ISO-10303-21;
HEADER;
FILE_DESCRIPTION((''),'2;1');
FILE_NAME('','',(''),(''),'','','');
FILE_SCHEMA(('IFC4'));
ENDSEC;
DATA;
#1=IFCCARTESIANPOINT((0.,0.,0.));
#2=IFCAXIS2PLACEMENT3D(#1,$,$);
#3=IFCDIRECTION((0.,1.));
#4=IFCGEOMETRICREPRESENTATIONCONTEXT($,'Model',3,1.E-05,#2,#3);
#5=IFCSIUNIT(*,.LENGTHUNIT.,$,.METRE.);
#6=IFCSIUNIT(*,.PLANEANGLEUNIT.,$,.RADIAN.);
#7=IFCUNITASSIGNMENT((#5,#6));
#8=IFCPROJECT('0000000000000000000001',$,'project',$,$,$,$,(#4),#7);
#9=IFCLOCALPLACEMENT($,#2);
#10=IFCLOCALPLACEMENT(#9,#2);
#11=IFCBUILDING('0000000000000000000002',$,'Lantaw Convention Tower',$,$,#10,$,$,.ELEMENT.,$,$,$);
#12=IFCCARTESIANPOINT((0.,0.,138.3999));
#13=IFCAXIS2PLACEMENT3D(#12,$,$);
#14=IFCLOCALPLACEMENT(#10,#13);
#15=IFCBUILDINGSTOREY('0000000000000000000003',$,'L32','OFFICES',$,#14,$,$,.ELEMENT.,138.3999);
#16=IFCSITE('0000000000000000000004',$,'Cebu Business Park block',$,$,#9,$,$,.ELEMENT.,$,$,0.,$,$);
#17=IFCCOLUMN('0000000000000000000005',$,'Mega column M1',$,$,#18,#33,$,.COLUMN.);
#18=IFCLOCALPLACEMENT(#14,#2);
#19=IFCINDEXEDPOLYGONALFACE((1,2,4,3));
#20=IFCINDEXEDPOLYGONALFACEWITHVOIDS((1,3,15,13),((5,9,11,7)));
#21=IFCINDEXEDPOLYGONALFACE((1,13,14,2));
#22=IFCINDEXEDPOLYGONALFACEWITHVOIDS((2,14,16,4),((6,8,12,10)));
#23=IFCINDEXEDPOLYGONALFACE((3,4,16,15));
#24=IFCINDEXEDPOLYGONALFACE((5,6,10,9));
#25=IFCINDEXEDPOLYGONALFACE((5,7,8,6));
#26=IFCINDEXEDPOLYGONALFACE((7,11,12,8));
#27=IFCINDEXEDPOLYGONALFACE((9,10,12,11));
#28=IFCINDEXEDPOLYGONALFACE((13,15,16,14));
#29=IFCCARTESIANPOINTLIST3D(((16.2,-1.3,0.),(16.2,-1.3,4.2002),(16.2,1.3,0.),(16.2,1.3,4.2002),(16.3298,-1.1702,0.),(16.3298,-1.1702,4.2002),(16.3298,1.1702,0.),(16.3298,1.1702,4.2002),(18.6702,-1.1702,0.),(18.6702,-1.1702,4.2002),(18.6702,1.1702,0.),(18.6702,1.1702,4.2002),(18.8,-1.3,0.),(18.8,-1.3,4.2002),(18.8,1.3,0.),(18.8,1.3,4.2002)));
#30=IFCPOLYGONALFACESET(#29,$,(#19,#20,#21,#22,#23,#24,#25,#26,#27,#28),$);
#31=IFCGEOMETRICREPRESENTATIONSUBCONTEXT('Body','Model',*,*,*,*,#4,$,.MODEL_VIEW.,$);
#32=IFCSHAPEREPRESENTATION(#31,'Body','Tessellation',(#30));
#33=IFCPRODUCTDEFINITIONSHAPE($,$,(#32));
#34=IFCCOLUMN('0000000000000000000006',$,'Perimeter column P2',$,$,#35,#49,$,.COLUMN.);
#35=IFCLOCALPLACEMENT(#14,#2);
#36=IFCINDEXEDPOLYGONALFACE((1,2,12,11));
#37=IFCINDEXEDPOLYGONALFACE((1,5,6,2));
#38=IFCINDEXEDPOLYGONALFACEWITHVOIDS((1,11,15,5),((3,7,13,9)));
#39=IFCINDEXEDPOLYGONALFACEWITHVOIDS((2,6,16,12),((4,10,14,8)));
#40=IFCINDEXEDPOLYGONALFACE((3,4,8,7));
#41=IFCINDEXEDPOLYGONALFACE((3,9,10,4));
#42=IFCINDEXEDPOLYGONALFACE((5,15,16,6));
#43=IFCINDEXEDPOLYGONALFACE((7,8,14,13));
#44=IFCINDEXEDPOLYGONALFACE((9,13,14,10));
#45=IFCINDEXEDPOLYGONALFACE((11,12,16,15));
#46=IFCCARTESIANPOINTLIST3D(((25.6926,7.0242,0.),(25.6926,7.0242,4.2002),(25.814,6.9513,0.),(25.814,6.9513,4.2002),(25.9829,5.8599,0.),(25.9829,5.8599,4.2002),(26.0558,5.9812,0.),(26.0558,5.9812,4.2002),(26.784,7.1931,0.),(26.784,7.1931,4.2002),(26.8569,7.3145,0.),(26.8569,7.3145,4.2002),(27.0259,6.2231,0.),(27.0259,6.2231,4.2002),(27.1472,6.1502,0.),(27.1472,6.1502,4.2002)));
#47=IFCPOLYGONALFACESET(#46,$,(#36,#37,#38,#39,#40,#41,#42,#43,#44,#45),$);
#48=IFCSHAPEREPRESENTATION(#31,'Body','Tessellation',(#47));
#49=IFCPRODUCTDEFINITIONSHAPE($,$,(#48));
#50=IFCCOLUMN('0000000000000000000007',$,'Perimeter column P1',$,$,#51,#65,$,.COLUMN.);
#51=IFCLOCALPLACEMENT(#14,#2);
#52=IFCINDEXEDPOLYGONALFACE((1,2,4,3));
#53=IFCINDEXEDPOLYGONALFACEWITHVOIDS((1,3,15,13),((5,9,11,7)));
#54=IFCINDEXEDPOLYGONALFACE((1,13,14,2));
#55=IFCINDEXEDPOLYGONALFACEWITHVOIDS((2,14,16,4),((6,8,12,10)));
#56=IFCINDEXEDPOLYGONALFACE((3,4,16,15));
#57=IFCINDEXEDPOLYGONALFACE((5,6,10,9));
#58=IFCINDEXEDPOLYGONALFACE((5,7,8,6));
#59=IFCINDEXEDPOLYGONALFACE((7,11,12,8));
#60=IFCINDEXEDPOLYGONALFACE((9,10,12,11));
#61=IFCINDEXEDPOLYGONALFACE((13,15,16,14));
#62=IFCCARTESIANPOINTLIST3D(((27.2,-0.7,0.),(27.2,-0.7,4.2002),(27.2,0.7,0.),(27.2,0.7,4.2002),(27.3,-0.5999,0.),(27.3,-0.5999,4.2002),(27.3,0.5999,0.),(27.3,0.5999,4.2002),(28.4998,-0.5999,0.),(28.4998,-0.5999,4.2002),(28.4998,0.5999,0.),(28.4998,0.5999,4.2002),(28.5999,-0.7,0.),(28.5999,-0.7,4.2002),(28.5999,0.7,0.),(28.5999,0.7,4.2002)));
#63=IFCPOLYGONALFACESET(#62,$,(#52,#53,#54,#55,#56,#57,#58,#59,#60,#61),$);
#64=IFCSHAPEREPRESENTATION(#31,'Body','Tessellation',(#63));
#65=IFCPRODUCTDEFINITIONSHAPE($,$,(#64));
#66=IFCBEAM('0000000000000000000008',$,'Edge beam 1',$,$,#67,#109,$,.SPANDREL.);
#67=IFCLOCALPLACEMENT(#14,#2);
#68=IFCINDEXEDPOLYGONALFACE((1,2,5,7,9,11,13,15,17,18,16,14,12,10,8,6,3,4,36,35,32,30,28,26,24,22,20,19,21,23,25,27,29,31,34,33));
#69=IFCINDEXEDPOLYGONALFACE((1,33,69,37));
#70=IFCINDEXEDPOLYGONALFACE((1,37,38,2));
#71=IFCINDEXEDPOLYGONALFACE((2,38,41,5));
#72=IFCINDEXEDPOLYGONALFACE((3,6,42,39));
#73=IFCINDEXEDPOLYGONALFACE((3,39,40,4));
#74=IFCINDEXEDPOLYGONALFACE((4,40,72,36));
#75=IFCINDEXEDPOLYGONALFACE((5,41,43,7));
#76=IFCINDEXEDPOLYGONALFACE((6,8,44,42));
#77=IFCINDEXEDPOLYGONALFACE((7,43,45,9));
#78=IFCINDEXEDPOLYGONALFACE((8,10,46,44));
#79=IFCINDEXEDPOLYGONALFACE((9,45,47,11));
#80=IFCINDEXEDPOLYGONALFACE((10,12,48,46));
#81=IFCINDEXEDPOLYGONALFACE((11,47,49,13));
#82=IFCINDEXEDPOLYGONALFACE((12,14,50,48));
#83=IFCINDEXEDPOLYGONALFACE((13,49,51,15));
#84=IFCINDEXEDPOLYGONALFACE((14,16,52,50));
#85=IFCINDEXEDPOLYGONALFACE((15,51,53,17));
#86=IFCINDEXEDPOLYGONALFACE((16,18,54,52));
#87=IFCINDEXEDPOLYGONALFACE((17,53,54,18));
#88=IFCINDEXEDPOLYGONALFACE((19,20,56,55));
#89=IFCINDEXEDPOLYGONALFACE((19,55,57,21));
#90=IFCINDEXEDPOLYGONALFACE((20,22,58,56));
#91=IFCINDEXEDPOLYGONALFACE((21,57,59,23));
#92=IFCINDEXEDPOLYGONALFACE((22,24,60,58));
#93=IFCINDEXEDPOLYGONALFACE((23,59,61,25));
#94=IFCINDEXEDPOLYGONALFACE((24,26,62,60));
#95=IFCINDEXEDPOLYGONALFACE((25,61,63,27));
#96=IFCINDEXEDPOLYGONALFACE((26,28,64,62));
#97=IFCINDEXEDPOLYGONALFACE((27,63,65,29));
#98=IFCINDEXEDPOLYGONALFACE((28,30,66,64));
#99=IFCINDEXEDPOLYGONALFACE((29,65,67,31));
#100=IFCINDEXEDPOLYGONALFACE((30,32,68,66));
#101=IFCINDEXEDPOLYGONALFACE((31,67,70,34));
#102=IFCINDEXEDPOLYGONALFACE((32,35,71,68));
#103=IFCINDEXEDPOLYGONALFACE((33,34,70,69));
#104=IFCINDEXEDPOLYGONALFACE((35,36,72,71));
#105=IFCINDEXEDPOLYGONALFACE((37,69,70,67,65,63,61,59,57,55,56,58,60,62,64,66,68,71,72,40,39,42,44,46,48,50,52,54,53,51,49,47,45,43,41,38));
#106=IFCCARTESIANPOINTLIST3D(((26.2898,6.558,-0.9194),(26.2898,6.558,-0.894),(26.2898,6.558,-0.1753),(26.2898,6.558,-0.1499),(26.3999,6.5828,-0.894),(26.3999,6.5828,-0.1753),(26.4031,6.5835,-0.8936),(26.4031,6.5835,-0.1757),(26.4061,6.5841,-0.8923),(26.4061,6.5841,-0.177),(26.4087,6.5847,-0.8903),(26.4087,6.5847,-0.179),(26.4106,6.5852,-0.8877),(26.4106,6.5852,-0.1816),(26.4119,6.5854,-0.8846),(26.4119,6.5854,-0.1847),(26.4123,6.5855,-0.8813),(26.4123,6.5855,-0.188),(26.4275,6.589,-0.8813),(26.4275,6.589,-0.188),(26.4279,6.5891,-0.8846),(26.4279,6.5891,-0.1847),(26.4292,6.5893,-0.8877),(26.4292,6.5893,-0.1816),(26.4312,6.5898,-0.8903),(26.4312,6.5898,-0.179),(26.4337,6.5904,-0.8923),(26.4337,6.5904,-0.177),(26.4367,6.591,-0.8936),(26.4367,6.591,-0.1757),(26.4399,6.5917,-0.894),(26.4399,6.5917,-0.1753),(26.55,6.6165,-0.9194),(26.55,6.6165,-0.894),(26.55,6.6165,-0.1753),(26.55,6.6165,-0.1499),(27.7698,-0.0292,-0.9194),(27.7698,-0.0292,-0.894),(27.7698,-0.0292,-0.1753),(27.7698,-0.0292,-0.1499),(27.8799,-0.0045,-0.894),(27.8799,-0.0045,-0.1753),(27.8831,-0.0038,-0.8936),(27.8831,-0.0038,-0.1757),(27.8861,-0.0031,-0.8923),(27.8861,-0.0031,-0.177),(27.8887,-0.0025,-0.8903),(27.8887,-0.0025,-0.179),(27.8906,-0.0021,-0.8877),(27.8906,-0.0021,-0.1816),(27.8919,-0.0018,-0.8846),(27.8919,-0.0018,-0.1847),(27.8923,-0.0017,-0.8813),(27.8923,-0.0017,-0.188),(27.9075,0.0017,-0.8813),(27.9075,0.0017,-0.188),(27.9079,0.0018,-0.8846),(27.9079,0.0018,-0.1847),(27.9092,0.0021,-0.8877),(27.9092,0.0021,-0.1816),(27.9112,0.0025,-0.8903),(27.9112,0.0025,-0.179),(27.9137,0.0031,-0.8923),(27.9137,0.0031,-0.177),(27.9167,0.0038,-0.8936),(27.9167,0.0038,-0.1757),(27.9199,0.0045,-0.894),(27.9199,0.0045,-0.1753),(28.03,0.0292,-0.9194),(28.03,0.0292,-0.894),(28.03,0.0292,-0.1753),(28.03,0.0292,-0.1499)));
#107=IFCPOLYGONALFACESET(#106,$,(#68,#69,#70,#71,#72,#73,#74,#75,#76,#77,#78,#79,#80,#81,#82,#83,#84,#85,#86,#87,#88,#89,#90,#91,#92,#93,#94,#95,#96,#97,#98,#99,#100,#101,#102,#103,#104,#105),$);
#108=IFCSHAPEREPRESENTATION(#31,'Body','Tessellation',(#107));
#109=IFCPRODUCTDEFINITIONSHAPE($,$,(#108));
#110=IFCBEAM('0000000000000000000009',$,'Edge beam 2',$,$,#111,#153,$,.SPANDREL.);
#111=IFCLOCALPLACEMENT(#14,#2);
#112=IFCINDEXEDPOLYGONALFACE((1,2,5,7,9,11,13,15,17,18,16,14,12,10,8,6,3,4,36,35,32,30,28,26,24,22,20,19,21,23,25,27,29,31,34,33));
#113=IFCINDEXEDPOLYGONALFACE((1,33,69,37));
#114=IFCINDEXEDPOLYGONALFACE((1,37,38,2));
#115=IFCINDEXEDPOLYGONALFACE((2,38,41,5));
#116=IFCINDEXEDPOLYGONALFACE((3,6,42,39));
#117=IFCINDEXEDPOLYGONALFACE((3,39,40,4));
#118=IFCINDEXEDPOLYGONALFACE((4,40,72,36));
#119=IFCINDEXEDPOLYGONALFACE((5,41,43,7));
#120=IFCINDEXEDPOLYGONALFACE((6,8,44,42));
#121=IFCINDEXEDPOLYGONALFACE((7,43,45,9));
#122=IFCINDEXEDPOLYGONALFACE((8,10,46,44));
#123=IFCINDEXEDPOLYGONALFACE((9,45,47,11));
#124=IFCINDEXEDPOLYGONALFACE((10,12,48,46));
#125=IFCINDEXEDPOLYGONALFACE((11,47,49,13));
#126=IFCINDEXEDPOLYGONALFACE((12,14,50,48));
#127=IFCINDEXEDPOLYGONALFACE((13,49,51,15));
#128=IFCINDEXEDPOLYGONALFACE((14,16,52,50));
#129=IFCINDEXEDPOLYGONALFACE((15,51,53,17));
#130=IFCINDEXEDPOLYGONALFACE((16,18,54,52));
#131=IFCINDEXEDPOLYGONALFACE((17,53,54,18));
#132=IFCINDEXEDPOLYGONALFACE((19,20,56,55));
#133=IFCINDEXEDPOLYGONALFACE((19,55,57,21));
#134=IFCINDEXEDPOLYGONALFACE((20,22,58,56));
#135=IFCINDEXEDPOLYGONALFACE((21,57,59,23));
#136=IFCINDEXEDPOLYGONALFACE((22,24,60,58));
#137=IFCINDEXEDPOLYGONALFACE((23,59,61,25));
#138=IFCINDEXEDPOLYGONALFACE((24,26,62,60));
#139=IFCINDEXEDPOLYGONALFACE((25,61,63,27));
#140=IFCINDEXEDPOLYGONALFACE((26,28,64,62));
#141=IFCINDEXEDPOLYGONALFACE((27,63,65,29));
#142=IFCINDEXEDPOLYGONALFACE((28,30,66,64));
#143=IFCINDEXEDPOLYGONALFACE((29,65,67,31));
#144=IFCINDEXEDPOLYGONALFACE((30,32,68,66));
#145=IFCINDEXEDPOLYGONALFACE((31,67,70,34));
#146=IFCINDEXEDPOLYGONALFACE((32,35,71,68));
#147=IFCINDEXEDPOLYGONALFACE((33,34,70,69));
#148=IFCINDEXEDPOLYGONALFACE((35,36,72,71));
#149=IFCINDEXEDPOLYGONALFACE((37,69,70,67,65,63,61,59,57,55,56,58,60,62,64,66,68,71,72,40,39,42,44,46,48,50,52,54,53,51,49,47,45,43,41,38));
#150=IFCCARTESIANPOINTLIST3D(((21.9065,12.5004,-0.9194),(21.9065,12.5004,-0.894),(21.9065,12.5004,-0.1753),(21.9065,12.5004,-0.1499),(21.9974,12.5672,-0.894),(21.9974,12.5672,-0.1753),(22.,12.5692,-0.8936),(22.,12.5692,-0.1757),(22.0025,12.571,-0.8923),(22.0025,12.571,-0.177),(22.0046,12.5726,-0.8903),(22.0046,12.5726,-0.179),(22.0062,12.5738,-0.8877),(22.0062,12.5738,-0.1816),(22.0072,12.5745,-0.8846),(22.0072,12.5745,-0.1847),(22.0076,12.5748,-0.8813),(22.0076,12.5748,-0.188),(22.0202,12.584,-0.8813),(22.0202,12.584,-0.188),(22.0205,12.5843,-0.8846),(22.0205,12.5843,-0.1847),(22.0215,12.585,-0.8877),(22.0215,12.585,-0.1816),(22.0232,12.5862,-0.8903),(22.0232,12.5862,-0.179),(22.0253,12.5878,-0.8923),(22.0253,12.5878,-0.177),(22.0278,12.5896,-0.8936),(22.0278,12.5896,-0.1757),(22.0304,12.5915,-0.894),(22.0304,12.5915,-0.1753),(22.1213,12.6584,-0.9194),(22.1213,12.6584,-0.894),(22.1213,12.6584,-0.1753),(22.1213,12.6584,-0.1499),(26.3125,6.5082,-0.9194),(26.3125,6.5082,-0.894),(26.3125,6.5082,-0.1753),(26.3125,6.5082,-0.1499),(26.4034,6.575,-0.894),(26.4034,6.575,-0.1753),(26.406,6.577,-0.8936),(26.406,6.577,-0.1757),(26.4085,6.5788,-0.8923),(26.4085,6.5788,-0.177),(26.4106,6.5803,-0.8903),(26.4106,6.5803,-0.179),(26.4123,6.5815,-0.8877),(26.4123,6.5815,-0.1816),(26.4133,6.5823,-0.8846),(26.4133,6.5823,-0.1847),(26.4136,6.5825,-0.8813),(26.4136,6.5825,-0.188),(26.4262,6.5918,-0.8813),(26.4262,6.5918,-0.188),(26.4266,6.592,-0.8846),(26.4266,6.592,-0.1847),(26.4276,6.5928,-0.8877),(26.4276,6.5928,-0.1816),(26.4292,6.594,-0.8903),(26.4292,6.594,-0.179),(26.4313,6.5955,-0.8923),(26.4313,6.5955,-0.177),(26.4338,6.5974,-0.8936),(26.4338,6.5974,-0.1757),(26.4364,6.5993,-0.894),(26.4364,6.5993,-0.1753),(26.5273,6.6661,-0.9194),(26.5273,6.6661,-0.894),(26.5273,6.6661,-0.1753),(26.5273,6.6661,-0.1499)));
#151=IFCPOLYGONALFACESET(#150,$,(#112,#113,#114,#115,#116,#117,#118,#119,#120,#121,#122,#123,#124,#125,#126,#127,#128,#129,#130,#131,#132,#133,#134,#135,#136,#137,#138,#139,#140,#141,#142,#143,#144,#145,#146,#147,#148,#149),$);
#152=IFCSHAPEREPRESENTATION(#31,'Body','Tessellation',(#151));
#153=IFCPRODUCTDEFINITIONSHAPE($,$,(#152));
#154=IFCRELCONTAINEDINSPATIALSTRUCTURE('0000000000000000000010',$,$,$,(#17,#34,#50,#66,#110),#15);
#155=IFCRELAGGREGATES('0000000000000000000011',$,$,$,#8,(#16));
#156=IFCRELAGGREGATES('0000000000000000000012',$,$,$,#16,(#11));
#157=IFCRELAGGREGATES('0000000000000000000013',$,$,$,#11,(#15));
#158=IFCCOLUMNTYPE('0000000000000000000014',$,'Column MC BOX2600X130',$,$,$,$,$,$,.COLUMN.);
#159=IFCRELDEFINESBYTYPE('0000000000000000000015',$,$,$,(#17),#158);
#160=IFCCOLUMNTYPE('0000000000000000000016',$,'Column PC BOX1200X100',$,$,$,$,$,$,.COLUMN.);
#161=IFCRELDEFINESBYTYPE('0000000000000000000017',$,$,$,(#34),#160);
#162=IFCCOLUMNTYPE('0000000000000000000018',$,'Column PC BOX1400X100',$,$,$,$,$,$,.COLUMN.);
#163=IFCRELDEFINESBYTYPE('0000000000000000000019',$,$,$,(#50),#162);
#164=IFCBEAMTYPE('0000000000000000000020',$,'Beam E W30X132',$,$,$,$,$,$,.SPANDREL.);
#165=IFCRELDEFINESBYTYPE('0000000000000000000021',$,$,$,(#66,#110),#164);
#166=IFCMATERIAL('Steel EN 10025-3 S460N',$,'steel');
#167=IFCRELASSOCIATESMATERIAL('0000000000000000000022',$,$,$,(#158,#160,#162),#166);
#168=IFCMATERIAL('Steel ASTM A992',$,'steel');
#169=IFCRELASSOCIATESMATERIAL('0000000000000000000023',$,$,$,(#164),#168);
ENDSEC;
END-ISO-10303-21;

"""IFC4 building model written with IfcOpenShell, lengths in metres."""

from ifc_helpers import new_model, si_unit, direction, frame, origin, origin_2d, place, context, subcontext, project, spatial, rectangle, hollow_rectangle, i_section, extrude, material, material_profile, profile_set, type_object, element, save


model = new_model("IFC4")

# Units and contexts
model_context = context("Model", 3, precision=1e-05, world=origin(), true_north=direction((0.0, 1.0)))
body_context = subcontext(model_context, "Body", "Model", "MODEL_VIEW")
ifc_project = project(units=[si_unit("LENGTHUNIT", "METRE"), si_unit("PLANEANGLEUNIT", "RADIAN")], contexts=[model_context])

# Site, building, storey
site_placement = place(None, origin())
site = spatial("IfcSite", under=ifc_project, at=site_placement, Name="Cebu Business Park block", CompositionType="ELEMENT", RefElevation=0.0)
building_placement = place(site_placement, origin())
building = spatial("IfcBuilding", under=site, at=building_placement, Name="Lantaw Convention Tower", CompositionType="ELEMENT")
storey_placement = place(building_placement, frame((0.0, 0.0, 138.3999)))
storey = spatial("IfcBuildingStorey", under=building, at=storey_placement, Name="L32", Description="OFFICES", CompositionType="ELEMENT", Elevation=138.3999)

# Columns
ifc_material_1 = material(Name="Steel EN 10025-3 S460N", Category="steel")
ifc_material_profile_1 = material_profile(ifc_material_1, hollow_rectangle(XDim=2.6001, YDim=2.6001, WallThickness=0.1299, at=origin_2d()), Name="BOX2600X130")
ifc_material_2 = material(Name="Concrete C60/75", Category="concrete")
ifc_material_profile_2 = material_profile(ifc_material_2, rectangle(XDim=2.3401, YDim=2.3401, at=origin_2d()), Name="Concrete fill of BOX2600X130")
ifc_profile_set_1 = profile_set([ifc_material_profile_1, ifc_material_profile_2], Name="Steel EN 10025-3 S460N")
column_type_1 = type_object("IfcColumnType", Name="Column MC BOX2600X130", PredefinedType="COLUMN", material=ifc_profile_set_1)
column_1_placement = place(storey_placement, frame((17.5, 0.0, 0.0), z_axis=(0.0, 0.0, 1.0), x_axis=(1.0, 0.0, 0.0)))
element("IfcColumn", 1, at=column_1_placement, inside=storey, type_object=column_type_1, Name="Mega column M1", PredefinedType="COLUMN", context=body_context, shape_type="SweptSolid", body=[
    extrude(hollow_rectangle(XDim=2.6001, YDim=2.6001, WallThickness=0.1299, at=origin_2d()), origin(), (0.0, 0.0, 1.0), 4.2002),
])
ifc_material_profile_3 = material_profile(ifc_material_1, hollow_rectangle(XDim=1.2, YDim=1.2, WallThickness=0.1001, at=origin_2d()), Name="BOX1200X100")
ifc_material_profile_4 = material_profile(ifc_material_2, rectangle(XDim=1.0, YDim=1.0, at=origin_2d()), Name="Concrete fill of BOX1200X100")
ifc_profile_set_2 = profile_set([ifc_material_profile_3, ifc_material_profile_4], Name="Steel EN 10025-3 S460N")
column_type_2 = type_object("IfcColumnType", Name="Column PC BOX1200X100", PredefinedType="COLUMN", material=ifc_profile_set_2)
column_2_placement = place(storey_placement, frame((26.4199, 6.5872, 0.0), z_axis=(0.0, 0.0, 1.0), x_axis=(0.970296, 0.241922, 0.0)))
element("IfcColumn", 2, at=column_2_placement, inside=storey, type_object=column_type_2, Name="Perimeter column P2", PredefinedType="COLUMN", context=body_context, shape_type="SweptSolid", body=[
    extrude(hollow_rectangle(XDim=1.2, YDim=1.2, WallThickness=0.1001, at=origin_2d()), origin(), (0.0, 0.0, 1.0), 4.2002),
])
ifc_material_profile_5 = material_profile(ifc_material_1, hollow_rectangle(XDim=1.3999, YDim=1.3999, WallThickness=0.1001, at=origin_2d()), Name="BOX1400X100")
ifc_material_profile_6 = material_profile(ifc_material_2, rectangle(XDim=1.2, YDim=1.2, at=origin_2d()), Name="Concrete fill of BOX1400X100")
ifc_profile_set_3 = profile_set([ifc_material_profile_5, ifc_material_profile_6], Name="Steel EN 10025-3 S460N")
column_type_3 = type_object("IfcColumnType", Name="Column PC BOX1400X100", PredefinedType="COLUMN", material=ifc_profile_set_3)
column_3_placement = place(storey_placement, frame((27.8999, 0.0, 0.0), z_axis=(0.0, 0.0, 1.0), x_axis=(1.0, 0.0, 0.0)))
element("IfcColumn", 3, at=column_3_placement, inside=storey, type_object=column_type_3, Name="Perimeter column P1", PredefinedType="COLUMN", context=body_context, shape_type="SweptSolid", body=[
    extrude(hollow_rectangle(XDim=1.3999, YDim=1.3999, WallThickness=0.1001, at=origin_2d()), origin(), (0.0, 0.0, 1.0), 4.2002),
])

# Beams
ifc_material_3 = material(Name="Steel ASTM A992", Category="steel")
ifc_material_profile_7 = material_profile(ifc_material_3, i_section(OverallWidth=0.2666, OverallDepth=0.7695, WebThickness=0.0156, FlangeThickness=0.0254, FilletRadius=0.0127, at=origin_2d()), Name="W30X132")
ifc_profile_set_4 = profile_set([ifc_material_profile_7], Name="Steel ASTM A992")
beam_type_1 = type_object("IfcBeamType", Name="Beam E W30X132", PredefinedType="SPANDREL", material=ifc_profile_set_4)
beam_1_placement = place(storey_placement, frame((27.8999, 0.0, -0.5347), z_axis=(-0.219212, 0.975677, 0.0), x_axis=(-0.975677, -0.219212, 0.0)))
element("IfcBeam", 4, at=beam_1_placement, inside=storey, type_object=beam_type_1, Name="Edge beam 1", PredefinedType="SPANDREL", context=body_context, shape_type="SweptSolid", body=[
    extrude(i_section(OverallWidth=0.2666, OverallDepth=0.7695, WebThickness=0.0156, FlangeThickness=0.0254, FilletRadius=0.0127, at=origin_2d()), origin(), (0.0, 0.0, 1.0), 6.7515),
])
beam_2_placement = place(storey_placement, frame((26.4199, 6.5872, -0.5347), z_axis=(-0.592389, 0.805652, 0.0), x_axis=(-0.805652, -0.592389, 0.0)))
element("IfcBeam", 5, at=beam_2_placement, inside=storey, type_object=beam_type_1, Name="Edge beam 2", PredefinedType="SPANDREL", context=body_context, shape_type="SweptSolid", body=[
    extrude(i_section(OverallWidth=0.2666, OverallDepth=0.7695, WebThickness=0.0156, FlangeThickness=0.0254, FilletRadius=0.0127, at=origin_2d()), origin(), (0.0, 0.0, 1.0), 7.4377),
])

save(model, "model.ifc")
